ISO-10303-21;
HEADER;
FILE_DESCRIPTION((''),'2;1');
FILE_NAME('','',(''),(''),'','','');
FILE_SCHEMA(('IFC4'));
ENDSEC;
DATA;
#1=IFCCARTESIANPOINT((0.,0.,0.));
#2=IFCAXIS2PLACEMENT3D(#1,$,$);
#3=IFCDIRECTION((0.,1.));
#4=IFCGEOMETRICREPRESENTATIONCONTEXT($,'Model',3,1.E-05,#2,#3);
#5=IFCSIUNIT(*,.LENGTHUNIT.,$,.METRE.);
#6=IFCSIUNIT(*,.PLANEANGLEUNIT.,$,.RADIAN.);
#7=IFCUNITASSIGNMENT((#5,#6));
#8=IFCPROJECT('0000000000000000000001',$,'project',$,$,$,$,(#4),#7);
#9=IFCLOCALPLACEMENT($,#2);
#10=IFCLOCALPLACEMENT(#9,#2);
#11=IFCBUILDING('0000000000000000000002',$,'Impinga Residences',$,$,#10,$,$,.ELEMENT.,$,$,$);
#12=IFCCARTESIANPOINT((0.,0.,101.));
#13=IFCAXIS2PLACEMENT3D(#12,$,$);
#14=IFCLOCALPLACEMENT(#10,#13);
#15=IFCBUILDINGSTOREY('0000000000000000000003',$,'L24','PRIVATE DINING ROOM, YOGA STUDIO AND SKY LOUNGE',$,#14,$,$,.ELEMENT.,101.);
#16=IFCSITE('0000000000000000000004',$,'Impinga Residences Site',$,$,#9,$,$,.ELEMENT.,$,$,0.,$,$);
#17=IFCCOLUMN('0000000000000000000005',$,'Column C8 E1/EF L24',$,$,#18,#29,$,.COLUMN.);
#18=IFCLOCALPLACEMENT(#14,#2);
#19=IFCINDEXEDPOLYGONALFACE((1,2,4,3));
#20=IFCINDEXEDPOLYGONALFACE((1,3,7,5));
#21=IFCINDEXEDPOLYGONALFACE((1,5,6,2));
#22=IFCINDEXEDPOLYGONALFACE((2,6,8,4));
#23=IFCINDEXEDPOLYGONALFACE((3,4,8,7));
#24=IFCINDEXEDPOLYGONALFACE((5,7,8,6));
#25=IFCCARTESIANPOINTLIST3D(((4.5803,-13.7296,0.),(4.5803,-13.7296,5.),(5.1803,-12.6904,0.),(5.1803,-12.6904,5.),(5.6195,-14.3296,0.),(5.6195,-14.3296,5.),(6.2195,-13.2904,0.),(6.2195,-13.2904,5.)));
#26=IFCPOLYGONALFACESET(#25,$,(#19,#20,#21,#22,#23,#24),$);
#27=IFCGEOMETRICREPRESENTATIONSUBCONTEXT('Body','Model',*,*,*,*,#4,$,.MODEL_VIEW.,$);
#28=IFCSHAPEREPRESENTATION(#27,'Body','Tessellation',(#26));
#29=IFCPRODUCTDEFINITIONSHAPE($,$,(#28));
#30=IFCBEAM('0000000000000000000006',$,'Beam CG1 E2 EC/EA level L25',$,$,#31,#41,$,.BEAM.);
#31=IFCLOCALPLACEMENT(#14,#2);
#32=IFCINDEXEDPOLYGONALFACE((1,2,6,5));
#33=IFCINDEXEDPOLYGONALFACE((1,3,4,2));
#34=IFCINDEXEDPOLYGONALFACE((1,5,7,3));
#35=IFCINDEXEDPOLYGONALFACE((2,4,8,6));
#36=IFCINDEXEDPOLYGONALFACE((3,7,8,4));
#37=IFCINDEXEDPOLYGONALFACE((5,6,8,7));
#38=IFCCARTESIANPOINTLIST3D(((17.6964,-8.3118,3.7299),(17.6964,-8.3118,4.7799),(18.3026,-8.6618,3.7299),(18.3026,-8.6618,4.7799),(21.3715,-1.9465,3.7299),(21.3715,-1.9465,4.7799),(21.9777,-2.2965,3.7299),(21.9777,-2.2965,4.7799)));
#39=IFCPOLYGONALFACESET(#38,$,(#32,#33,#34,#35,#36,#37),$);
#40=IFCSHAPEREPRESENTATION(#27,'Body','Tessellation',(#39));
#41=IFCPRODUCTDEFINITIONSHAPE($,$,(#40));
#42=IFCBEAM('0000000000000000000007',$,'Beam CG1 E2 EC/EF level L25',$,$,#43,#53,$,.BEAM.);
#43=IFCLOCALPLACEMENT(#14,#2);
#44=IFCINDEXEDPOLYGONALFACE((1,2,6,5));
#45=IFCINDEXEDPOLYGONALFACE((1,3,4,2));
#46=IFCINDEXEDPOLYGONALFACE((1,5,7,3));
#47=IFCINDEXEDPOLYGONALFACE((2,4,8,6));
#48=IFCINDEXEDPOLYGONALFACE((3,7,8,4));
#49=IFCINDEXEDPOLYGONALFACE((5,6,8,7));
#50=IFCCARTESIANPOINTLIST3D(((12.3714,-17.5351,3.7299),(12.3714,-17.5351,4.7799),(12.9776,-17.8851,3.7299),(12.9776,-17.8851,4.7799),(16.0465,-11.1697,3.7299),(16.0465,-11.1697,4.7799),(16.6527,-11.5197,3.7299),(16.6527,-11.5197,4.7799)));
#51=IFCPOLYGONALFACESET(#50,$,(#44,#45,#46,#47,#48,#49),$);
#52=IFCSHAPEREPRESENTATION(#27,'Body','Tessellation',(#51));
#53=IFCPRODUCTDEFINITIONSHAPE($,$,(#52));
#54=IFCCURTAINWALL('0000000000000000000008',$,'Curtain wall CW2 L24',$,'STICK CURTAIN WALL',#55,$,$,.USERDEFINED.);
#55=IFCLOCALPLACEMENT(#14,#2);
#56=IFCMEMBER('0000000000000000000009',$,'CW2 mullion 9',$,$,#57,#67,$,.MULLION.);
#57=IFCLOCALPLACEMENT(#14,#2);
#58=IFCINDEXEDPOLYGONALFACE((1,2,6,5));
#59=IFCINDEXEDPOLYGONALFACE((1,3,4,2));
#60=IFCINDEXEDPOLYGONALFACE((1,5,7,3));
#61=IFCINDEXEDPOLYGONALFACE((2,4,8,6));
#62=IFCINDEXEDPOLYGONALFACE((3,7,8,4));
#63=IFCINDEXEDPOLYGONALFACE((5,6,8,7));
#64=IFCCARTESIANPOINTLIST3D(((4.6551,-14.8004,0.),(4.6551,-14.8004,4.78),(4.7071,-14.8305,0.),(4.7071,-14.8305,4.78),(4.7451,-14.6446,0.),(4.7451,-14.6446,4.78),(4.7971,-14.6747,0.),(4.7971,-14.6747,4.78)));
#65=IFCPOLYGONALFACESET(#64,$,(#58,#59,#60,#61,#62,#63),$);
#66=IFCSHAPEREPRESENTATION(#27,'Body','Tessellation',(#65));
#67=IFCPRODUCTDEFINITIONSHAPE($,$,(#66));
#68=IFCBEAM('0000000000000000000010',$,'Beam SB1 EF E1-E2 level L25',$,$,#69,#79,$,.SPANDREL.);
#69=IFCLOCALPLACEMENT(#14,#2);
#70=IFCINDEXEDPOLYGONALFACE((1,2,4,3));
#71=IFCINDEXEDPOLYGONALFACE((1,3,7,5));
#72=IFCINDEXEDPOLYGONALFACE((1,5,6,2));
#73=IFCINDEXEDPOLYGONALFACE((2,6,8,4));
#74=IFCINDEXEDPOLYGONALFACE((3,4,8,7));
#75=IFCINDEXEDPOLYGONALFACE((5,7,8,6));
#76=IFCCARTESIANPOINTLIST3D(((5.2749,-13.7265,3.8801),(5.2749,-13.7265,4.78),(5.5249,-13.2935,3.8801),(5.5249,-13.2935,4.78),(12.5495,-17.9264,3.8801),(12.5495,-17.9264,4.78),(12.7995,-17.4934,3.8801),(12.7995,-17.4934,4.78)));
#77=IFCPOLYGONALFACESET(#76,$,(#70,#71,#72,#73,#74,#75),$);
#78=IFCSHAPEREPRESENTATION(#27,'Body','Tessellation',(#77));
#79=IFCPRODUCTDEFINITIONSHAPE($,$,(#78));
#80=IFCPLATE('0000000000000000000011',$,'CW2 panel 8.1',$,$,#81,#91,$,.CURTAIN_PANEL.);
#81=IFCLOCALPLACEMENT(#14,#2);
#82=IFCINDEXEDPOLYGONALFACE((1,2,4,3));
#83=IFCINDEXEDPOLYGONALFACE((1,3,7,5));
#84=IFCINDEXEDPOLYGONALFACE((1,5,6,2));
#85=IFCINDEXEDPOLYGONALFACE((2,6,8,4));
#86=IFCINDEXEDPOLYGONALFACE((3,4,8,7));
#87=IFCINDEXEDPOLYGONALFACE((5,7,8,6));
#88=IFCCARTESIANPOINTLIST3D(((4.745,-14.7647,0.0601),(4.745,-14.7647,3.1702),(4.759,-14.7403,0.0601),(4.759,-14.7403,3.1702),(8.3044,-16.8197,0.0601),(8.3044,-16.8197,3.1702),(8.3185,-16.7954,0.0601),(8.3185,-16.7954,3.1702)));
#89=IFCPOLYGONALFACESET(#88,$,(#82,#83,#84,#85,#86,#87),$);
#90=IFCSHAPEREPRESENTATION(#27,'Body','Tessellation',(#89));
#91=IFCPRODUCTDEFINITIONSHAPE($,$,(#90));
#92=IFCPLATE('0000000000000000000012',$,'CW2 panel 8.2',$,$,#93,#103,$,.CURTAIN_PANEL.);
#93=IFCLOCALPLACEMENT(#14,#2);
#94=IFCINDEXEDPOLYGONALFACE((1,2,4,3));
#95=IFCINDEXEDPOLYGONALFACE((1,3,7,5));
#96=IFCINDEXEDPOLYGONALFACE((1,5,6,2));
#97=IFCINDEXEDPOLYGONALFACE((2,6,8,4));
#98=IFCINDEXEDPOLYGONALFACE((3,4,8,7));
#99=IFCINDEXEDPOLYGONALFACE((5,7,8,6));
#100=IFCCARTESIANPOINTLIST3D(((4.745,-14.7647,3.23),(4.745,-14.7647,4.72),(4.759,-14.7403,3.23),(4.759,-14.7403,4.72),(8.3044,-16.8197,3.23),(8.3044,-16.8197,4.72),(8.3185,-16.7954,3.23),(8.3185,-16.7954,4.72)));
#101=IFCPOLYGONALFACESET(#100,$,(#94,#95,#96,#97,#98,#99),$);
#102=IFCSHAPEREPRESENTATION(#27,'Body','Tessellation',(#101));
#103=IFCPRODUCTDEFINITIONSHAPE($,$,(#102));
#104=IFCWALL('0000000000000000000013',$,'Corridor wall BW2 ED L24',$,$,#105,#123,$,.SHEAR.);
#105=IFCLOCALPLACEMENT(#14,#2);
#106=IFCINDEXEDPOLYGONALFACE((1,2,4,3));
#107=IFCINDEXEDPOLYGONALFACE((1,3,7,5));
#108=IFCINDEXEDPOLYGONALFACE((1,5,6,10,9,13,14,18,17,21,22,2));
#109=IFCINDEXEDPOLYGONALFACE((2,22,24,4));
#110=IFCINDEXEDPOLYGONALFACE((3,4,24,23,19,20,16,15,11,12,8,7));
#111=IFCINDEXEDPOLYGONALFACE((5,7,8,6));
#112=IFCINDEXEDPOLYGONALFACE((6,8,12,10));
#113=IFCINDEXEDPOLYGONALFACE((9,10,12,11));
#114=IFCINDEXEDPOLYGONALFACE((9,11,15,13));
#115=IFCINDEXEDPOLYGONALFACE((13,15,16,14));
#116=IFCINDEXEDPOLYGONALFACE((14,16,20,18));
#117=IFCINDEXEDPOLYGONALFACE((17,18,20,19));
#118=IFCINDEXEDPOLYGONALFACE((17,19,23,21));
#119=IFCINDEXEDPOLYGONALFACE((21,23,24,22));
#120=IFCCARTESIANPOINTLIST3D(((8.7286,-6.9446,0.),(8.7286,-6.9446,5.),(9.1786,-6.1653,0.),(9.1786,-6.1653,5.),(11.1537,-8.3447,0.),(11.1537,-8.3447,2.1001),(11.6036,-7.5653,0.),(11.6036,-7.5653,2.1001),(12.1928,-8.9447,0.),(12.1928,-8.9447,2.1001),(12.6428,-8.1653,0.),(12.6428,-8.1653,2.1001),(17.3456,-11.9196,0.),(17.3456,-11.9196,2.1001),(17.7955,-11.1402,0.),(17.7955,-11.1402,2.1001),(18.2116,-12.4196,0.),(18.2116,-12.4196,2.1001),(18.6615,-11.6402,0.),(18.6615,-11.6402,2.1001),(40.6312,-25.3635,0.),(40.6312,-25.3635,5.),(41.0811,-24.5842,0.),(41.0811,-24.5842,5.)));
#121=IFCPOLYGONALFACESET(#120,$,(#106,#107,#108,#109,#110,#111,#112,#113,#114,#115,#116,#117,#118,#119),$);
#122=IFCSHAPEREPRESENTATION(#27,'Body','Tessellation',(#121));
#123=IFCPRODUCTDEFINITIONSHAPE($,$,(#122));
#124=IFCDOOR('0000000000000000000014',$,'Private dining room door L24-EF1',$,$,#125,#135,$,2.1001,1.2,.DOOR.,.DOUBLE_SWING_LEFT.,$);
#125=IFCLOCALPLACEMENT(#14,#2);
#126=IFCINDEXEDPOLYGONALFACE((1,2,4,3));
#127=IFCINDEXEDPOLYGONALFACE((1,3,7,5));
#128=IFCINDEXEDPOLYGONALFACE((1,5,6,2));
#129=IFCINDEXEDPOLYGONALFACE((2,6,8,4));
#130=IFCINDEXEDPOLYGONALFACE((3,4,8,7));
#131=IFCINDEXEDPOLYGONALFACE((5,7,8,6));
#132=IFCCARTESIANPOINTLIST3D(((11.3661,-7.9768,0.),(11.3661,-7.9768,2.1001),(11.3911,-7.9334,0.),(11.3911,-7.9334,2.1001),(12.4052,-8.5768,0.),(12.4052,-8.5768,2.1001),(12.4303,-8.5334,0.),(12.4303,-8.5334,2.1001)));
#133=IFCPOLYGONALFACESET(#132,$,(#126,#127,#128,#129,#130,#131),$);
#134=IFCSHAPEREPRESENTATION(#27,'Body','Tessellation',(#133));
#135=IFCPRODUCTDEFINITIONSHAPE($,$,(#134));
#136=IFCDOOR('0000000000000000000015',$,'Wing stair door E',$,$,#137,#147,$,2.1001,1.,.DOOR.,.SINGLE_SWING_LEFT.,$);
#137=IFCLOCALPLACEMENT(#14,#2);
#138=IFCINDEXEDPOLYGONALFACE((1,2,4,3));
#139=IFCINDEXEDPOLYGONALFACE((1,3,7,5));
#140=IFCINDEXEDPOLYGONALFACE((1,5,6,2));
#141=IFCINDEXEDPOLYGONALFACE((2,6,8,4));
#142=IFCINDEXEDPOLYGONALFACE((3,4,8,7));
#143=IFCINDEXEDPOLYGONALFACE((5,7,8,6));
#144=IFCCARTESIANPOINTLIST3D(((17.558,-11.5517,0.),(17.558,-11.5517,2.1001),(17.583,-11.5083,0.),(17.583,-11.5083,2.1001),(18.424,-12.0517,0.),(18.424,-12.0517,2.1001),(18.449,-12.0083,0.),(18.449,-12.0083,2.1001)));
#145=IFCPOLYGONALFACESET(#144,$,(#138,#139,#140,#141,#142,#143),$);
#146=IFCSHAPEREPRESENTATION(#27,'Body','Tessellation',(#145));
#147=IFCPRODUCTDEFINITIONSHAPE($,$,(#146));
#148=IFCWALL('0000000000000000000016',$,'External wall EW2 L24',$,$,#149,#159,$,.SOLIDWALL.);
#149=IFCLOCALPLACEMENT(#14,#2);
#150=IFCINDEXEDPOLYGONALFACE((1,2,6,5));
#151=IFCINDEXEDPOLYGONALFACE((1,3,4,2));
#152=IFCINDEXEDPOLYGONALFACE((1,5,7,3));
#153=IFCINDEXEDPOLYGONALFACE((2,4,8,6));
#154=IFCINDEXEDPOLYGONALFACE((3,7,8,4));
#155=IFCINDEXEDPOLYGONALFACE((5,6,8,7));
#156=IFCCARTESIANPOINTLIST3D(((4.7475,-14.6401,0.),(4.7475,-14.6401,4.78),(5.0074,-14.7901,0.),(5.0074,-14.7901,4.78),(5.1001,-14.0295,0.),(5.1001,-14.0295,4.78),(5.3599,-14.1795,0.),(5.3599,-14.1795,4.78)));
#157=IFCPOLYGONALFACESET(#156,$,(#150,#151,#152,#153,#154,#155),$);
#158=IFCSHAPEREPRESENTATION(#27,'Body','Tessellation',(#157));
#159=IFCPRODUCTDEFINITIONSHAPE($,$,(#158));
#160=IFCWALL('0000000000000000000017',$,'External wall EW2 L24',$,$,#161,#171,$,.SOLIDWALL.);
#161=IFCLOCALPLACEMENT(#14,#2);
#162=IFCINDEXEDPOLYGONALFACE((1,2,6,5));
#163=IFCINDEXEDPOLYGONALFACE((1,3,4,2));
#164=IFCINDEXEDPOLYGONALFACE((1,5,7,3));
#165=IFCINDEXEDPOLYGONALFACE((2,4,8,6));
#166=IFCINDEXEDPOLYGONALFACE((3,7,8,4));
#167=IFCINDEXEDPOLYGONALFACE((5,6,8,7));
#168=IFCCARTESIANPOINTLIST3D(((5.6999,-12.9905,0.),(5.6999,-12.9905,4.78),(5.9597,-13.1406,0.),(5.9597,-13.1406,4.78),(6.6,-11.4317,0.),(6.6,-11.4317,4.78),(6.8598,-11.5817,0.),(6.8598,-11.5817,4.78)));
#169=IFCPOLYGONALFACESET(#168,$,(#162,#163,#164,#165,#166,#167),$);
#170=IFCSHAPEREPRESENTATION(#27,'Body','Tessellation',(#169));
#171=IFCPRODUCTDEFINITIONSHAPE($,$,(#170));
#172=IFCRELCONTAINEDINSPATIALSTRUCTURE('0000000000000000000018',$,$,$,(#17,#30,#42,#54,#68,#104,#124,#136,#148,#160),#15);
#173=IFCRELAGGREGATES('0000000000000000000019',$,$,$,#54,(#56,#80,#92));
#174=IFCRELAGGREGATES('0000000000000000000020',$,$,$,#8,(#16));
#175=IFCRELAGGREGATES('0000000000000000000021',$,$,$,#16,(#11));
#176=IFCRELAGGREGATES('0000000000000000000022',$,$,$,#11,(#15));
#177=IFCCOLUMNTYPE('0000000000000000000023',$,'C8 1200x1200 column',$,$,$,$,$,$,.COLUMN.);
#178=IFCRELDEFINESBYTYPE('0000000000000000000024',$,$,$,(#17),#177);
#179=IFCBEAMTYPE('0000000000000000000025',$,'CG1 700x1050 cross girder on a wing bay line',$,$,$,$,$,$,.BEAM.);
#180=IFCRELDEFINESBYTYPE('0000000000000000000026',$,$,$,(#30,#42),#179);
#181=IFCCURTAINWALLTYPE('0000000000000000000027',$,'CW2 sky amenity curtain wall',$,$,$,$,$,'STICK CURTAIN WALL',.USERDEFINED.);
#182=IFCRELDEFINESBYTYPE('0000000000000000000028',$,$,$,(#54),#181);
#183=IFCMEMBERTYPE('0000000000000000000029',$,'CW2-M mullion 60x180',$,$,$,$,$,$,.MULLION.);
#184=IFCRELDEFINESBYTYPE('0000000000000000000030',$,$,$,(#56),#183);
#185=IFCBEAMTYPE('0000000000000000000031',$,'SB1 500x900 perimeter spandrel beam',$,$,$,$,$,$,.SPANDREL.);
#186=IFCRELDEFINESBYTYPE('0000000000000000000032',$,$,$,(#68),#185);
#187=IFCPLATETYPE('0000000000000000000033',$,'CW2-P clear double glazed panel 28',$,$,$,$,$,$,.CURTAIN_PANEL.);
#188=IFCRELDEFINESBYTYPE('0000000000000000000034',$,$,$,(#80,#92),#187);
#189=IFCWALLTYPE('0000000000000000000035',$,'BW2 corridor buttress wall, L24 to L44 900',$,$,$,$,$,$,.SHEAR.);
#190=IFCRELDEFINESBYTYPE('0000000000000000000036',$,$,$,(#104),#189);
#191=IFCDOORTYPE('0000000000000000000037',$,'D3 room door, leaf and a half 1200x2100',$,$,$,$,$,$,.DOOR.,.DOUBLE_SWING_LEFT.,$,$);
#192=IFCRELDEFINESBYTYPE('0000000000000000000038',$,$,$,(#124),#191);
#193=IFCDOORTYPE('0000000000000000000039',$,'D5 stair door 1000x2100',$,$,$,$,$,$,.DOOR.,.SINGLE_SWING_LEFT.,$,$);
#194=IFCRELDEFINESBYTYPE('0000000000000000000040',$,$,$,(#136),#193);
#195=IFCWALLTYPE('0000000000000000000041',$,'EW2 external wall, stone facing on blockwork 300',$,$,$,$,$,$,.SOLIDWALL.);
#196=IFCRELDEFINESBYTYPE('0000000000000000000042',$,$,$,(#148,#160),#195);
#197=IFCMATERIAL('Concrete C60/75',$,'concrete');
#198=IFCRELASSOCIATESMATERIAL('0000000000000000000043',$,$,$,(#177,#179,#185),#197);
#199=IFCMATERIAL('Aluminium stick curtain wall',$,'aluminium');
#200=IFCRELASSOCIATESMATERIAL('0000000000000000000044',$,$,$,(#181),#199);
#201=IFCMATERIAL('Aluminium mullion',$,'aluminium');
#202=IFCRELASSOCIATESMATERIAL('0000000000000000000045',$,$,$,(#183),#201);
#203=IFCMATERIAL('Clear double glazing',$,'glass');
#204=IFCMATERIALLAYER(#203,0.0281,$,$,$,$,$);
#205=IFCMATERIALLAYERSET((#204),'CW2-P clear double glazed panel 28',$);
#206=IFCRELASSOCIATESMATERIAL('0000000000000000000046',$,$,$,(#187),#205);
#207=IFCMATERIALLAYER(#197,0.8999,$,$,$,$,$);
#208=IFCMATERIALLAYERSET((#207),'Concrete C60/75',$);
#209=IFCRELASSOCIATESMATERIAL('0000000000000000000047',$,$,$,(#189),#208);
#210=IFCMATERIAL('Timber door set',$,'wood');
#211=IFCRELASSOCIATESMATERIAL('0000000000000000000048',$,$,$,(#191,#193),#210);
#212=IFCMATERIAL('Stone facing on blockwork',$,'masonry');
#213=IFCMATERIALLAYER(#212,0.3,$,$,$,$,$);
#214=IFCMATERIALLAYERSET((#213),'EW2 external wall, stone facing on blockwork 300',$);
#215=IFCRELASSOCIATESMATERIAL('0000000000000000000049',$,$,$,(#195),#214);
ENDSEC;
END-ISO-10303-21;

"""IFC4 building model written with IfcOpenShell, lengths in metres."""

from ifc_helpers import new_model, si_unit, direction, frame, frame_2d, origin, origin_2d, place, context, subcontext, project, spatial, rectangle, extrude, material, layer, layer_set, material_profile, profile_set, type_object, element, fill, aggregate, save


model = new_model("IFC4")

# Units and contexts
model_context = context("Model", 3, precision=1e-05, world=origin(), true_north=direction((0.0, 1.0)))
body_context = subcontext(model_context, "Body", "Model", "MODEL_VIEW")
ifc_project = project(units=[si_unit("LENGTHUNIT", "METRE"), si_unit("PLANEANGLEUNIT", "RADIAN")], contexts=[model_context])

# Site, building, storey
site_placement = place(None, origin())
site = spatial("IfcSite", under=ifc_project, at=site_placement, Name="Impinga Residences Site", CompositionType="ELEMENT", RefElevation=0.0)
building_placement = place(site_placement, origin())
building = spatial("IfcBuilding", under=site, at=building_placement, Name="Impinga Residences", CompositionType="ELEMENT")
storey_placement = place(building_placement, frame((0.0, 0.0, 101.0)))
storey = spatial("IfcBuildingStorey", under=building, at=storey_placement, Name="L24", Description="PRIVATE DINING ROOM, YOGA STUDIO AND SKY LOUNGE", CompositionType="ELEMENT", Elevation=101.0)

# Column
ifc_material_1 = material(Name="Concrete C60/75", Category="concrete")
ifc_material_profile_1 = material_profile(ifc_material_1, rectangle(XDim=1.2, YDim=1.2, at=origin_2d()), Name="RC 1200x1200")
ifc_profile_set_1 = profile_set([ifc_material_profile_1], Name="Concrete C60/75")
column_type = type_object("IfcColumnType", Name="C8 1200x1200 column", PredefinedType="COLUMN", material=ifc_profile_set_1)
column_placement = place(storey_placement, frame((5.3999, -13.51, 0.0), z_axis=(0.0, 0.0, 1.0), x_axis=(-0.5, -0.866025, 0.0)))
element("IfcColumn", 1, at=column_placement, inside=storey, type_object=column_type, Name="Column C8 E1/EF L24", PredefinedType="COLUMN", context=body_context, shape_type="SweptSolid", body=[
    extrude(rectangle(XDim=1.2, YDim=1.2, at=origin_2d()), origin(), (0.0, 0.0, 1.0), 5.0),
])

# Beams
ifc_material_profile_2 = material_profile(ifc_material_1, rectangle(XDim=0.7, YDim=1.05, at=origin_2d()), Name="RC 700x1050")
ifc_profile_set_2 = profile_set([ifc_material_profile_2], Name="Concrete C60/75")
beam_type_1 = type_object("IfcBeamType", Name="CG1 700x1050 cross girder on a wing bay line", PredefinedType="BEAM", material=ifc_profile_set_2)
for number, where, z_axis, x_axis, name in (
    (2, (17.9995, -8.4868, 4.2549), (0.500008, 0.866021, 0.0), (-0.866021, 0.500008, 0.0), "Beam CG1 E2 EC/EA level L25"),
    (3, (16.3496, -11.3447, 4.2549), (-0.500008, -0.866021, 0.0), (0.866021, -0.500008, 0.0), "Beam CG1 E2 EC/EF level L25"),
):
    element("IfcBeam", number, at=place(storey_placement, frame(where, z_axis=z_axis, x_axis=x_axis)), inside=storey, type_object=beam_type_1, Name=name, PredefinedType="BEAM", context=body_context, shape_type="SweptSolid", body=[
        extrude(rectangle(XDim=0.7, YDim=1.05, at=origin_2d()), origin(), (0.0, 0.0, 1.0), 7.3501),
    ])

# Curtain wall, member
ifc_material_2 = material(Name="Aluminium stick curtain wall", Category="aluminium")
curtain_wall_type = type_object("IfcCurtainWallType", Name="CW2 sky amenity curtain wall", ElementType="STICK CURTAIN WALL", PredefinedType="USERDEFINED", material=ifc_material_2)
curtain_wall_placement = place(storey_placement, origin())
curtain_wall = element("IfcCurtainWall", 4, at=curtain_wall_placement, inside=storey, type_object=curtain_wall_type, Name="Curtain wall CW2 L24", ObjectType="STICK CURTAIN WALL", PredefinedType="USERDEFINED")
ifc_material_3 = material(Name="Aluminium mullion", Category="aluminium")
ifc_material_profile_3 = material_profile(ifc_material_3, rectangle(XDim=0.0601, YDim=0.1799, at=origin_2d()), Name="60x180 mullion")
ifc_profile_set_3 = profile_set([ifc_material_profile_3], Name="Aluminium mullion")
member_type = type_object("IfcMemberType", Name="CW2-M mullion 60x180", PredefinedType="MULLION", material=ifc_profile_set_3)
member_placement = place(storey_placement, frame((4.7261, -14.7375, 0.0), z_axis=(0.0, 0.0, 1.0), x_axis=(-0.866025, 0.5, 0.0)))
member = element("IfcMember", 5, at=member_placement, type_object=member_type, Name="CW2 mullion 9", PredefinedType="MULLION", context=body_context, shape_type="SweptSolid", body=[
    extrude(rectangle(XDim=0.0601, YDim=0.1799, at=origin_2d()), origin(), (0.0, 0.0, 1.0), 4.78),
])

# Beam
ifc_material_profile_4 = material_profile(ifc_material_1, rectangle(XDim=0.5, YDim=0.8999, at=origin_2d()), Name="RC 500x900")
ifc_profile_set_4 = profile_set([ifc_material_profile_4], Name="Concrete C60/75")
beam_type_2 = type_object("IfcBeamType", Name="SB1 500x900 perimeter spandrel beam", PredefinedType="SPANDREL", material=ifc_profile_set_4)
beam_placement = place(storey_placement, frame((5.3999, -13.51, 4.3301), z_axis=(0.866029, -0.499993, 0.0), x_axis=(0.499993, 0.866029, 0.0)))
element("IfcBeam", 6, at=beam_placement, inside=storey, type_object=beam_type_2, Name="Beam SB1 EF E1-E2 level L25", PredefinedType="SPANDREL", context=body_context, shape_type="SweptSolid", body=[
    extrude(rectangle(XDim=0.5, YDim=0.8999, at=origin_2d()), origin(), (0.0, 0.0, 1.0), 8.3999),
])

# Plates
ifc_material_4 = material(Name="Clear double glazing", Category="glass")
ifc_layer_1 = layer(ifc_material_4, 0.0281)
ifc_layer_set_1 = layer_set([ifc_layer_1], Name="CW2-P clear double glazed panel 28")
plate_type = type_object("IfcPlateType", Name="CW2-P clear double glazed panel 28", PredefinedType="CURTAIN_PANEL", material=ifc_layer_set_1)
plate_1_placement = place(storey_placement, frame((6.5317, -15.78, 0.0601), z_axis=(0.0, 0.0, 1.0), x_axis=(-0.866025, 0.5, 0.0)))
plate_1 = element("IfcPlate", 7, at=plate_1_placement, type_object=plate_type, Name="CW2 panel 8.1", PredefinedType="CURTAIN_PANEL", context=body_context, shape_type="SweptSolid", body=[
    extrude(rectangle(XDim=4.1101, YDim=0.0281, at=origin_2d()), origin(), (0.0, 0.0, 1.0), 3.1101),
])
plate_2_placement = place(storey_placement, frame((6.5317, -15.78, 3.23), z_axis=(0.0, 0.0, 1.0), x_axis=(-0.866025, 0.5, 0.0)))
plate_2 = element("IfcPlate", 8, at=plate_2_placement, type_object=plate_type, Name="CW2 panel 8.2", PredefinedType="CURTAIN_PANEL", context=body_context, shape_type="SweptSolid", body=[
    extrude(rectangle(XDim=4.1101, YDim=0.0281, at=origin_2d()), origin(), (0.0, 0.0, 1.0), 1.49),
])
aggregate(curtain_wall, [member, plate_1, plate_2])

# Wall, openings, doors
ifc_layer_2 = layer(ifc_material_1, 0.8999)
ifc_layer_set_2 = layer_set([ifc_layer_2], Name="Concrete C60/75")
wall_type_1 = type_object("IfcWallType", Name="BW2 corridor buttress wall, L24 to L44 900", PredefinedType="SHEAR", material=ifc_layer_set_2)
wall_1_placement = place(storey_placement, frame((8.9536, -6.5549, 0.0), z_axis=(0.0, 0.0, 1.0), x_axis=(0.866026, -0.5, 0.0)))
wall_1 = element("IfcWall", 9, at=wall_1_placement, inside=storey, type_object=wall_type_1, Name="Corridor wall BW2 ED L24", PredefinedType="SHEAR", context=body_context, shape_type="SweptSolid", body=[
    extrude(rectangle(XDim=36.8379, YDim=0.8999, at=frame_2d((18.4189, 0.0))), origin(), (0.0, 0.0, 1.0), 5.0),
])
opening_1_placement = place(wall_1_placement, frame((9.95, 0.0, 0.0)))
opening_1 = element("IfcOpeningElement", 10, at=opening_1_placement, cuts=wall_1, PredefinedType="OPENING", context=body_context, shape_type="SweptSolid", body=[
    extrude(rectangle(XDim=1.0, YDim=2.1001, at=frame_2d((0.5, 1.05))), frame((0.0, 0.46, 0.0), z_axis=(0.0, -1.0, 0.0), x_axis=(1.0, 0.0, 0.0)), (0.0, 0.0, 1.0), 0.9199),
])
opening_2_placement = place(wall_1_placement, frame((2.8, 0.0, 0.0)))
opening_2 = element("IfcOpeningElement", 11, at=opening_2_placement, cuts=wall_1, PredefinedType="OPENING", context=body_context, shape_type="SweptSolid", body=[
    extrude(rectangle(XDim=1.2, YDim=2.1001, at=frame_2d((0.6001, 1.05))), frame((0.0, 0.46, 0.0), z_axis=(0.0, -1.0, 0.0), x_axis=(1.0, 0.0, 0.0)), (0.0, 0.0, 1.0), 0.9199),
])
ifc_material_5 = material(Name="Timber door set", Category="wood")
door_type_1 = type_object("IfcDoorType", Name="D3 room door, leaf and a half 1200x2100", OperationType="DOUBLE_SWING_LEFT", PredefinedType="DOOR", material=ifc_material_5)
door_1_placement = place(opening_2_placement, origin())
door_1 = element("IfcDoor", 12, at=door_1_placement, inside=storey, type_object=door_type_1, Name="Private dining room door L24-EF1", OperationType="DOUBLE_SWING_LEFT", OverallHeight=2.1001, OverallWidth=1.2, PredefinedType="DOOR", context=body_context, shape_type="SweptSolid", body=[
    extrude(rectangle(XDim=1.2, YDim=2.1001, at=frame_2d((0.6001, 1.05))), frame((0.0, 0.0249, 0.0), z_axis=(0.0, -1.0, 0.0), x_axis=(1.0, 0.0, 0.0)), (0.0, 0.0, 1.0), 0.05),
])
fill(opening_2, door_1)
door_type_2 = type_object("IfcDoorType", Name="D5 stair door 1000x2100", OperationType="SINGLE_SWING_LEFT", PredefinedType="DOOR", material=ifc_material_5)
door_2_placement = place(opening_1_placement, origin())
door_2 = element("IfcDoor", 13, at=door_2_placement, inside=storey, type_object=door_type_2, Name="Wing stair door E", OperationType="SINGLE_SWING_LEFT", OverallHeight=2.1001, OverallWidth=1.0, PredefinedType="DOOR", context=body_context, shape_type="SweptSolid", body=[
    extrude(rectangle(XDim=1.0, YDim=2.1001, at=frame_2d((0.5, 1.05))), frame((0.0, 0.0249, 0.0), z_axis=(0.0, -1.0, 0.0), x_axis=(1.0, 0.0, 0.0)), (0.0, 0.0, 1.0), 0.05),
])
fill(opening_1, door_2)

# Walls
ifc_material_6 = material(Name="Stone facing on blockwork", Category="masonry")
ifc_layer_3 = layer(ifc_material_6, 0.3)
ifc_layer_set_3 = layer_set([ifc_layer_3], Name="EW2 external wall, stone facing on blockwork 300")
wall_type_2 = type_object("IfcWallType", Name="EW2 external wall, stone facing on blockwork 300", PredefinedType="SOLIDWALL", material=ifc_layer_set_3)
wall_2_placement = place(storey_placement, frame((4.8774, -14.7151, 0.0), z_axis=(0.0, 0.0, 1.0), x_axis=(0.500012, 0.866018, 0.0)))
element("IfcWall", 14, at=wall_2_placement, inside=storey, type_object=wall_type_2, Name="External wall EW2 L24", PredefinedType="SOLIDWALL", context=body_context, shape_type="SweptSolid", body=[
    extrude(rectangle(XDim=0.7051, YDim=0.3, at=frame_2d((0.3525, 0.0))), origin(), (0.0, 0.0, 1.0), 4.78),
])
wall_3_placement = place(storey_placement, frame((5.8298, -13.0654, 0.0), z_axis=(0.0, 0.0, 1.0), x_axis=(0.500063, 0.865989, 0.0)))
element("IfcWall", 15, at=wall_3_placement, inside=storey, type_object=wall_type_2, Name="External wall EW2 L24", PredefinedType="SOLIDWALL", context=body_context, shape_type="SweptSolid", body=[
    extrude(rectangle(XDim=1.8, YDim=0.3, at=frame_2d((0.8999, 0.0))), origin(), (0.0, 0.0, 1.0), 4.78),
])

save(model, "model.ifc")
